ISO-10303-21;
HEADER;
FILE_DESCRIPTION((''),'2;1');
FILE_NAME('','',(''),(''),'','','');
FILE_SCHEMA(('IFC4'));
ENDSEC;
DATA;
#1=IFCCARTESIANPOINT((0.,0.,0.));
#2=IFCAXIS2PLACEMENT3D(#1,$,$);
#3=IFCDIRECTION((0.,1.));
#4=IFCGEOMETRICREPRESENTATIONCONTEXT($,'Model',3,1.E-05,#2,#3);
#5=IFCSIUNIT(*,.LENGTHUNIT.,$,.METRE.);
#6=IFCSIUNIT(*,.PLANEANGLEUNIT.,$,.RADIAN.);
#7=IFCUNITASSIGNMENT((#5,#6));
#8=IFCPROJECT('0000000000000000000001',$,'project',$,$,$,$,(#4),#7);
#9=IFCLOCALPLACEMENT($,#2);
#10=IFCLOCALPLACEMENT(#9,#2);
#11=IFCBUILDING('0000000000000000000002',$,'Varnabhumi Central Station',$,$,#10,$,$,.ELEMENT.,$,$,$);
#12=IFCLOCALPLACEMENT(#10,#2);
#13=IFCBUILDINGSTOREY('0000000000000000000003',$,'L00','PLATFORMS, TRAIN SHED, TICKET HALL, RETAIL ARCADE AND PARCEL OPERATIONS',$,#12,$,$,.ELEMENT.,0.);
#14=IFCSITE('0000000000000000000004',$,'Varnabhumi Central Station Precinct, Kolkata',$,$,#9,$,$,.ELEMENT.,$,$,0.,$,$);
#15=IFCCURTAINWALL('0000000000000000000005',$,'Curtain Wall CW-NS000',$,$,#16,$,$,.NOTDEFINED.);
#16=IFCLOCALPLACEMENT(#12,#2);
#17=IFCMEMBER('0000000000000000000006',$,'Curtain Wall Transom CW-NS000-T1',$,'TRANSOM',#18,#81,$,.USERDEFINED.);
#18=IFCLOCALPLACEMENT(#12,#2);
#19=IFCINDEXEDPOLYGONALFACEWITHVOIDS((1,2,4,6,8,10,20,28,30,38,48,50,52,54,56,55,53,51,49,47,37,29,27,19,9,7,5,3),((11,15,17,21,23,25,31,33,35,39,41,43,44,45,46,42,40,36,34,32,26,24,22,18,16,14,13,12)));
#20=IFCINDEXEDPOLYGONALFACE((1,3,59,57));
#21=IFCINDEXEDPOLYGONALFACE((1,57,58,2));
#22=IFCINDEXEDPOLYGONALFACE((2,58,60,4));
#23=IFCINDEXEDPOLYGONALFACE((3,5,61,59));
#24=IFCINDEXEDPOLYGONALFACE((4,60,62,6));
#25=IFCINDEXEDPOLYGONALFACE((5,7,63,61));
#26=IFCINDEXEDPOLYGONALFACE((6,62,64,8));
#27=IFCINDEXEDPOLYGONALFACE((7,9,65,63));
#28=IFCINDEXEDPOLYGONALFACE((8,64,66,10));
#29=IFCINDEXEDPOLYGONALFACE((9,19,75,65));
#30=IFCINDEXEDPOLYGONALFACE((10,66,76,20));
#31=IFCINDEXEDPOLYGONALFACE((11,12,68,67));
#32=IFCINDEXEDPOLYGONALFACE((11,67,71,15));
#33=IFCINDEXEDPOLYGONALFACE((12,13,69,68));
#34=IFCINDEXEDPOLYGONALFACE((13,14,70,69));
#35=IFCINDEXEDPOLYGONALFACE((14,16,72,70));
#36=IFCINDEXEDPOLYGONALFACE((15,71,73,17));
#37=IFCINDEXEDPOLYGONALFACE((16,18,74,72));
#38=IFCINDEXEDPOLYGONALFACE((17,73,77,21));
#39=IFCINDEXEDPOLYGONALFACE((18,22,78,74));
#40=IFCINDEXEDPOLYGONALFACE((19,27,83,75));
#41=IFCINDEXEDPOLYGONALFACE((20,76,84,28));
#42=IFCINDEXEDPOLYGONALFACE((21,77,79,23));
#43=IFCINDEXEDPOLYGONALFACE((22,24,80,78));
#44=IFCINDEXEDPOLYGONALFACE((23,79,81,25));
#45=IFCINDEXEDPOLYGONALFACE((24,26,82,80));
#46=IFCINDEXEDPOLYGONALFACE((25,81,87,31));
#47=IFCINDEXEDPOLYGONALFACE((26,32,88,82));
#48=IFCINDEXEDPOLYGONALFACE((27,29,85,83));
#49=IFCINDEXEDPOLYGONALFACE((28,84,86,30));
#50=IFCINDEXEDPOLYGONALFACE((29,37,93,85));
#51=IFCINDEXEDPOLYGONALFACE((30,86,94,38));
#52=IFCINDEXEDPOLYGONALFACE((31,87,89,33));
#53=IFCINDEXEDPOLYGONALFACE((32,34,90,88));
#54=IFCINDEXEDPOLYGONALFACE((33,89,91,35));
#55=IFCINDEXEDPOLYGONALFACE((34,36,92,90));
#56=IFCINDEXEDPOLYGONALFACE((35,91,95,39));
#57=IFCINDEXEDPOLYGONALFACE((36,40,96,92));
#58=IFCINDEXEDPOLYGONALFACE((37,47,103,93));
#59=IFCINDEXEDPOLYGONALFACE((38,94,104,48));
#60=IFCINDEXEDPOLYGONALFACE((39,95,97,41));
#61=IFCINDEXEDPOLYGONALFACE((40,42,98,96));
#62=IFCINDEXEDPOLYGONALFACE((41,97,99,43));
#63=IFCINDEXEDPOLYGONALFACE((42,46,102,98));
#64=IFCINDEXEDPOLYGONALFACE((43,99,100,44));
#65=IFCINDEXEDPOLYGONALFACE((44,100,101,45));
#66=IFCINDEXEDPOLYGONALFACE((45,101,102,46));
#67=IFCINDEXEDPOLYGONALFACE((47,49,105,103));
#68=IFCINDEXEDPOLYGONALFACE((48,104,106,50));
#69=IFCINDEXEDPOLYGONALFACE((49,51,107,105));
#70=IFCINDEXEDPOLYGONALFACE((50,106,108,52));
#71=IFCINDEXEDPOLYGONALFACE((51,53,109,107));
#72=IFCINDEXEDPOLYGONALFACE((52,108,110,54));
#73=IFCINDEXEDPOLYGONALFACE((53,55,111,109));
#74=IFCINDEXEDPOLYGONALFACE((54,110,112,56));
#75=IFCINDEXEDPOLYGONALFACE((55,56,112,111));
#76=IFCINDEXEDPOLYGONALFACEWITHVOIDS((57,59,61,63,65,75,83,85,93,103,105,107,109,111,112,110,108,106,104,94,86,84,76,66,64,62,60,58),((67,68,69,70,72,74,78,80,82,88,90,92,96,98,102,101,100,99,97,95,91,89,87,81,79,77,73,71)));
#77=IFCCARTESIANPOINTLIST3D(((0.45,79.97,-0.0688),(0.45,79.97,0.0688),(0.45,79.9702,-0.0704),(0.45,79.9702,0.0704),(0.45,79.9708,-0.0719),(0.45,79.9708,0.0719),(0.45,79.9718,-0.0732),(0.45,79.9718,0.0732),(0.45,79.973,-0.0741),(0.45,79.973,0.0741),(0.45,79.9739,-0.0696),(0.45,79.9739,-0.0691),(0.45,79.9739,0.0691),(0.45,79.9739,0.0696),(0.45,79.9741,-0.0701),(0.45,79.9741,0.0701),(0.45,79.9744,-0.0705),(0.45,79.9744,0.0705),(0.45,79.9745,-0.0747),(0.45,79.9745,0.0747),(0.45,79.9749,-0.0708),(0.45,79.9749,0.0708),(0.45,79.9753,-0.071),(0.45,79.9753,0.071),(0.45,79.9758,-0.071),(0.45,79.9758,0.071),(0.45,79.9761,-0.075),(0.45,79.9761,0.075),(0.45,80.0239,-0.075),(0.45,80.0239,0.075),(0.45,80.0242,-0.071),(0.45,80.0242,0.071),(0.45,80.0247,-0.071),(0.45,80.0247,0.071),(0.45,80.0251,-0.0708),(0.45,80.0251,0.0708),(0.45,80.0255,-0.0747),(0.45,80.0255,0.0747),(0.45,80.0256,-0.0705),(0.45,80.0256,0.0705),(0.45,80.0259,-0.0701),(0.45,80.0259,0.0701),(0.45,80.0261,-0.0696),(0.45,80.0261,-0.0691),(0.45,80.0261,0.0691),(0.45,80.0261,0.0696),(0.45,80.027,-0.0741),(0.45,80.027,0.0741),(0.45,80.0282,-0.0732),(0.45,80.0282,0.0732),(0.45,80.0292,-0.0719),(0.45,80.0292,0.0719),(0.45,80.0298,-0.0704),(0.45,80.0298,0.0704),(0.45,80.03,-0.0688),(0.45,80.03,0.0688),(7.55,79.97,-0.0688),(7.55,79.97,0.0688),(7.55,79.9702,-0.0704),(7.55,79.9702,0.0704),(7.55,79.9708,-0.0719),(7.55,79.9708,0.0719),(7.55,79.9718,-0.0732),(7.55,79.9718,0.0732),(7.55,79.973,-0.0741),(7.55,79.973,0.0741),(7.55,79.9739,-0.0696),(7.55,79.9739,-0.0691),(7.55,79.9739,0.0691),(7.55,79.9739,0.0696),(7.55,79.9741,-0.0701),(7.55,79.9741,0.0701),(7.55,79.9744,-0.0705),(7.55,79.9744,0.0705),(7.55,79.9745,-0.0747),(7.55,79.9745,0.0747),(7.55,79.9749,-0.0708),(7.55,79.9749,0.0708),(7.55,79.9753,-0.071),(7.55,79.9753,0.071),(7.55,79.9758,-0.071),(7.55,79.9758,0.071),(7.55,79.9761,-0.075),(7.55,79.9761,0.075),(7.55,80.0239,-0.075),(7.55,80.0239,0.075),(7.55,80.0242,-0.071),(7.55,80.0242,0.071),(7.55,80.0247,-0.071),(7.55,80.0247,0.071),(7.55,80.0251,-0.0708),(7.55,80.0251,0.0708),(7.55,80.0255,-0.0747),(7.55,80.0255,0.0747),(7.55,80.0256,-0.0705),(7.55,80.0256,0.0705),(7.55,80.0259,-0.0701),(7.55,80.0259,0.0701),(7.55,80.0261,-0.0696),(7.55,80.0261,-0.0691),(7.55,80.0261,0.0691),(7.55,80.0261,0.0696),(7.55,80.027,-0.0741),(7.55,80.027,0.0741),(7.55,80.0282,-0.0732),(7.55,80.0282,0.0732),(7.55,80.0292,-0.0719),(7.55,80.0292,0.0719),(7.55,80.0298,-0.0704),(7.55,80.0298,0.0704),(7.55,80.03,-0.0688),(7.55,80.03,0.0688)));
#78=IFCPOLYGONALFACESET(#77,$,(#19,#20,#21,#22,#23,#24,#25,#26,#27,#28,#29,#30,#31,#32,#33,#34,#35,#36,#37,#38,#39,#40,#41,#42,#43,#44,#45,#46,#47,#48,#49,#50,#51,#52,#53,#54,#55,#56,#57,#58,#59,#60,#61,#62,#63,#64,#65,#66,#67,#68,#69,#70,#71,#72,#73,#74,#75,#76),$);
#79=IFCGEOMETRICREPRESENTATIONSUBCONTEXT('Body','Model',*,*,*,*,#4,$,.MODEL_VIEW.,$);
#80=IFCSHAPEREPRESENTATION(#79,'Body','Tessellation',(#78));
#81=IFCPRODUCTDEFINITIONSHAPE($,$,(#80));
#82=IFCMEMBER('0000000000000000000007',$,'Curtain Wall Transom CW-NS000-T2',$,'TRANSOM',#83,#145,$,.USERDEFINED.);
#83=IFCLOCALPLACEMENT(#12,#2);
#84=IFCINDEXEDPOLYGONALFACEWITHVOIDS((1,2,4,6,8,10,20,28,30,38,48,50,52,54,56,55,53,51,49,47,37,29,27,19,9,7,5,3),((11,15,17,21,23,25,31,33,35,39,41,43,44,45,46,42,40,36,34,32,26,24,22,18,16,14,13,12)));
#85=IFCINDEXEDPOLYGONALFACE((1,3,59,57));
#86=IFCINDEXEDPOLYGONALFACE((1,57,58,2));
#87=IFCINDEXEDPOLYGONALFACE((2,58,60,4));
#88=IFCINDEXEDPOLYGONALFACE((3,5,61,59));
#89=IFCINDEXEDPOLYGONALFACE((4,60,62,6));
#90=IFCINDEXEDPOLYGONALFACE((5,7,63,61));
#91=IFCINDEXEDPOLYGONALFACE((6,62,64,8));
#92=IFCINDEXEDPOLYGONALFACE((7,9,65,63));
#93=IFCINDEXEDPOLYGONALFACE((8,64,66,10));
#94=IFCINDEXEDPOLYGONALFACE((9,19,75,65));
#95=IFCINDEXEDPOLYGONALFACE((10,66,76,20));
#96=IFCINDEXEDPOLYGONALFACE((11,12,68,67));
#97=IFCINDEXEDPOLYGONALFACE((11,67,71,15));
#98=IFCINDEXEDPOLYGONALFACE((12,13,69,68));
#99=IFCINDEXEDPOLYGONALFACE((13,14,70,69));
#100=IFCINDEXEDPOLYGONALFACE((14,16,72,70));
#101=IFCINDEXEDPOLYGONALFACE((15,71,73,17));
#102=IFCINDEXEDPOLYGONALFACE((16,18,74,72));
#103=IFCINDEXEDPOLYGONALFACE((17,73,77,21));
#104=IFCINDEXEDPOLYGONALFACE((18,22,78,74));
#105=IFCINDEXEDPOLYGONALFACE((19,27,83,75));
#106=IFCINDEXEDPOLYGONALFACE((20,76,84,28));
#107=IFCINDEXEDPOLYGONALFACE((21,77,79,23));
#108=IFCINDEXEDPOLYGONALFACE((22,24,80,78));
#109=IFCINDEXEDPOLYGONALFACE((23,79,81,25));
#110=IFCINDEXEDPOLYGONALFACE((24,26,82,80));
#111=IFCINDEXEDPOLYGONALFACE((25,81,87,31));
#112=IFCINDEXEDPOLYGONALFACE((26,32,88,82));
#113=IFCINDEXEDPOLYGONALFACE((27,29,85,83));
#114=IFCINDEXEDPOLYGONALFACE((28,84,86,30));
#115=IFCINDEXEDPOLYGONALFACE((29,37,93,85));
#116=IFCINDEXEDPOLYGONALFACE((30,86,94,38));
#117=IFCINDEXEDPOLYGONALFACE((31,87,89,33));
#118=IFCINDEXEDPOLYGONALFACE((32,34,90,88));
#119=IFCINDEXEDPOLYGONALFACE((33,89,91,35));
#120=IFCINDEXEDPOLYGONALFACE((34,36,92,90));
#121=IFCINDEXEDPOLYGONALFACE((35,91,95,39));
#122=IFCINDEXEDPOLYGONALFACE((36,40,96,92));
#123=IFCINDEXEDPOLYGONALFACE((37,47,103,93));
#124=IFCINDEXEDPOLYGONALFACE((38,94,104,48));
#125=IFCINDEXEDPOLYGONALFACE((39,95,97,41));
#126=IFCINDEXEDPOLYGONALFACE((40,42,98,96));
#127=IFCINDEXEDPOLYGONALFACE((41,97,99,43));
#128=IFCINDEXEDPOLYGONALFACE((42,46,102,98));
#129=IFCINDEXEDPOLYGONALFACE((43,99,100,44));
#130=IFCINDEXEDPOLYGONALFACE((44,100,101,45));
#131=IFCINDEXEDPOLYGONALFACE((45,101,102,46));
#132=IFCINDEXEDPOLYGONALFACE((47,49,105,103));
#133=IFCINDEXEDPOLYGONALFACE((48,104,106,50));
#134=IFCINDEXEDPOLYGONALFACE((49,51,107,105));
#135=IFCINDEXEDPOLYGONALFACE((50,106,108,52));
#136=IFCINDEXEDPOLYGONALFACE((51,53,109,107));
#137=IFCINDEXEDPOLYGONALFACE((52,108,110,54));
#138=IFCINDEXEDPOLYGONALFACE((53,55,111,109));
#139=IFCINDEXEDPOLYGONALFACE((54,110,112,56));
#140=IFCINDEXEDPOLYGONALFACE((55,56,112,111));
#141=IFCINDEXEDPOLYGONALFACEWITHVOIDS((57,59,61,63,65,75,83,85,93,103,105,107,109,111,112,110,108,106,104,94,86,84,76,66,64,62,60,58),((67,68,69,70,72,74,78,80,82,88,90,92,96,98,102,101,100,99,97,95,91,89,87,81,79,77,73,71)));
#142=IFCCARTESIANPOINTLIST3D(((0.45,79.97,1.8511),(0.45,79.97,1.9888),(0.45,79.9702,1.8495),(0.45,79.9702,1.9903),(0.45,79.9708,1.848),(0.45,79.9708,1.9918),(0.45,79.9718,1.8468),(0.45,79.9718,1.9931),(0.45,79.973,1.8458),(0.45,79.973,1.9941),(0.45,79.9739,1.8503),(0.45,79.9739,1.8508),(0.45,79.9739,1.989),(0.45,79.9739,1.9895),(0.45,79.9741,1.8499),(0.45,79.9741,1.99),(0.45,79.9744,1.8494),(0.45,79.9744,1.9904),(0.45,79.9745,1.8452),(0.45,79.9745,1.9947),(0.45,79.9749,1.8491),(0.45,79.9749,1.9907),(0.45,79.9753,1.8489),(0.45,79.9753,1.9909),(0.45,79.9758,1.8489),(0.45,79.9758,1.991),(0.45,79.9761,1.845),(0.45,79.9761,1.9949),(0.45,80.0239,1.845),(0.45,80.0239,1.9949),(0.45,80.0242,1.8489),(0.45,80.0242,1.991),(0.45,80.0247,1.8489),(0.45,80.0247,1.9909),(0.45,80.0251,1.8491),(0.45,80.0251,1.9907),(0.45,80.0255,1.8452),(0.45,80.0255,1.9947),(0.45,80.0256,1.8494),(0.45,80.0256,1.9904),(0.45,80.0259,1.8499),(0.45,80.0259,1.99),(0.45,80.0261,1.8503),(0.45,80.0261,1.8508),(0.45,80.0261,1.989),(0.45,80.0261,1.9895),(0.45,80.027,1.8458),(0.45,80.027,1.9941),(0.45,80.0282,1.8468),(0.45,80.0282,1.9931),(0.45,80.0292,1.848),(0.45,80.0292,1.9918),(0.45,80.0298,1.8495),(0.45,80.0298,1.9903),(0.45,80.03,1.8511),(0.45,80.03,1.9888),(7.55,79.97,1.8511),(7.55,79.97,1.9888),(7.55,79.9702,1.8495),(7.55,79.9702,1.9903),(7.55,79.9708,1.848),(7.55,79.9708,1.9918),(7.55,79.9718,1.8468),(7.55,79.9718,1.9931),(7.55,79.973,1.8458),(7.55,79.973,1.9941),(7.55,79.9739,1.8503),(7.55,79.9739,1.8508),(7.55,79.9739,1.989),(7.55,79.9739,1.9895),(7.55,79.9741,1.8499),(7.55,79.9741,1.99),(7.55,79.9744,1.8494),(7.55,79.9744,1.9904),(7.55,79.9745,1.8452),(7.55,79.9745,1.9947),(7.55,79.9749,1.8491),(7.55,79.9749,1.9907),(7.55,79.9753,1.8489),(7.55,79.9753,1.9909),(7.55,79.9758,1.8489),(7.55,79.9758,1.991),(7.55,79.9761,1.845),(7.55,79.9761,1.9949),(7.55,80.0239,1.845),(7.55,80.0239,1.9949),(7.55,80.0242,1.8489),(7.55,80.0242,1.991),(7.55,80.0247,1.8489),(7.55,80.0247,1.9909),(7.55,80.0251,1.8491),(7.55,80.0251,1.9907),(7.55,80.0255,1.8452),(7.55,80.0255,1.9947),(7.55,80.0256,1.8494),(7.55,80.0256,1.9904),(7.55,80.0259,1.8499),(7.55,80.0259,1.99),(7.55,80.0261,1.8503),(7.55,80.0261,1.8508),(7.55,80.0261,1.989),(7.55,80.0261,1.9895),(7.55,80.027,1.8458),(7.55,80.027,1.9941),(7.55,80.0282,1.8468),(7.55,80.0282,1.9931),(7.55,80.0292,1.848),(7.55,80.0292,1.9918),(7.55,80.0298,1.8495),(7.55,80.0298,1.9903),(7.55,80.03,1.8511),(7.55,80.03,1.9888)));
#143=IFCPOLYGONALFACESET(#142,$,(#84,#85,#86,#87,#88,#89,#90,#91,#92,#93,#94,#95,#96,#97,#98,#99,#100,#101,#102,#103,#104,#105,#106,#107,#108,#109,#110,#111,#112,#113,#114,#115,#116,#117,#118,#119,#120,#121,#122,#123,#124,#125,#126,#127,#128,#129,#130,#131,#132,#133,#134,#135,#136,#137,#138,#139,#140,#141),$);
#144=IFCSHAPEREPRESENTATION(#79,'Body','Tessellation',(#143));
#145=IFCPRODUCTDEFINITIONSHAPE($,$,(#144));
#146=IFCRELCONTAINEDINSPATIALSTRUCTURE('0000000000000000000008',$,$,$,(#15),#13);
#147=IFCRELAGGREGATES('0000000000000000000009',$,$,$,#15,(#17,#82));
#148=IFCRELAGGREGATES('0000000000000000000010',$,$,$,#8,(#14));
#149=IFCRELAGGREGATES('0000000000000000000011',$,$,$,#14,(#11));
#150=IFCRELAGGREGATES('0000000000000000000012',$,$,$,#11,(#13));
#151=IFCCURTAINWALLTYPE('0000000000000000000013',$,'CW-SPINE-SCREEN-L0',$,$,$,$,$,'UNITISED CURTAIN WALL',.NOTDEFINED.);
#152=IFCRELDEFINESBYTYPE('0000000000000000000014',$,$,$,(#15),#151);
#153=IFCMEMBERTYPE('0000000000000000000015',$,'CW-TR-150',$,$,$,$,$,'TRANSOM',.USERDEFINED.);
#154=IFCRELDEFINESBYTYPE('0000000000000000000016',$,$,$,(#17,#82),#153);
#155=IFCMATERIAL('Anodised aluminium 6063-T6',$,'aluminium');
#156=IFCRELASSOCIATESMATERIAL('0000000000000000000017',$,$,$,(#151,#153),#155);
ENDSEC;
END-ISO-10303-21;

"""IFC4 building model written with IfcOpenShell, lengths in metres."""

from ifc_helpers import new_model, si_unit, direction, frame, origin, origin_2d, place, context, subcontext, project, spatial, hollow_rectangle, extrude, material, material_profile, profile_set, type_object, element, aggregate, save


model = new_model("IFC4")

# Units and contexts
model_context = context("Model", 3, precision=1e-05, world=origin(), true_north=direction((0.0, 1.0)))
body_context = subcontext(model_context, "Body", "Model", "MODEL_VIEW")
ifc_project = project(units=[si_unit("LENGTHUNIT", "METRE"), si_unit("PLANEANGLEUNIT", "RADIAN")], contexts=[model_context])

# Site, building, storey
site_placement = place(None, origin())
site = spatial("IfcSite", under=ifc_project, at=site_placement, Name="Varnabhumi Central Station Precinct, Kolkata", CompositionType="ELEMENT", RefElevation=0.0)
building_placement = place(site_placement, origin())
building = spatial("IfcBuilding", under=site, at=building_placement, Name="Varnabhumi Central Station", CompositionType="ELEMENT")
storey_placement = place(building_placement, origin())
storey = spatial("IfcBuildingStorey", under=building, at=storey_placement, Name="L00", Description="PLATFORMS, TRAIN SHED, TICKET HALL, RETAIL ARCADE AND PARCEL OPERATIONS", CompositionType="ELEMENT", Elevation=0.0)

# Curtain wall, members
ifc_material_1 = material(Name="Anodised aluminium 6063-T6", Category="aluminium")
curtain_wall_type = type_object("IfcCurtainWallType", Name="CW-SPINE-SCREEN-L0", ElementType="UNITISED CURTAIN WALL", PredefinedType="NOTDEFINED", material=ifc_material_1)
curtain_wall_placement = place(storey_placement, origin())
curtain_wall = element("IfcCurtainWall", 1, at=curtain_wall_placement, inside=storey, type_object=curtain_wall_type, Name="Curtain Wall CW-NS000", PredefinedType="NOTDEFINED")
ifc_material_profile_1 = material_profile(ifc_material_1, hollow_rectangle(XDim=0.0601, YDim=0.1499, WallThickness=0.0039, InnerFilletRadius=0.002, OuterFilletRadius=0.0061, at=origin_2d()), Name="Anodised aluminium 6063-T6", Category="aluminium")
ifc_profile_set_1 = profile_set([ifc_material_profile_1], Name="Anodised aluminium 6063-T6")
member_type_1 = type_object("IfcMemberType", Name="CW-TR-150", ElementType="TRANSOM", PredefinedType="USERDEFINED", material=ifc_profile_set_1)
member_1_placement = place(storey_placement, frame((0.45, 80.0, 0.0), z_axis=(1.0, 0.0, 0.0), x_axis=(0.0, 1.0, 0.0)))
member_1 = element("IfcMember", 2, at=member_1_placement, type_object=member_type_1, Name="Curtain Wall Transom CW-NS000-T1", ObjectType="TRANSOM", PredefinedType="USERDEFINED", context=body_context, shape_type="SweptSolid", body=[
    extrude(hollow_rectangle(XDim=0.0601, YDim=0.1499, WallThickness=0.0039, InnerFilletRadius=0.002, OuterFilletRadius=0.0061, at=origin_2d()), origin(), (0.0, 0.0, 1.0), 7.1001),
])
member_2_placement = place(storey_placement, frame((0.45, 80.0, 1.9199), z_axis=(1.0, 0.0, 0.0), x_axis=(0.0, 1.0, 0.0)))
member_2 = element("IfcMember", 3, at=member_2_placement, type_object=member_type_1, Name="Curtain Wall Transom CW-NS000-T2", ObjectType="TRANSOM", PredefinedType="USERDEFINED", context=body_context, shape_type="SweptSolid", body=[
    extrude(hollow_rectangle(XDim=0.0601, YDim=0.1499, WallThickness=0.0039, InnerFilletRadius=0.002, OuterFilletRadius=0.0061, at=origin_2d()), origin(), (0.0, 0.0, 1.0), 7.1001),
])
aggregate(curtain_wall, [member_1, member_2])

save(model, "model.ifc")
